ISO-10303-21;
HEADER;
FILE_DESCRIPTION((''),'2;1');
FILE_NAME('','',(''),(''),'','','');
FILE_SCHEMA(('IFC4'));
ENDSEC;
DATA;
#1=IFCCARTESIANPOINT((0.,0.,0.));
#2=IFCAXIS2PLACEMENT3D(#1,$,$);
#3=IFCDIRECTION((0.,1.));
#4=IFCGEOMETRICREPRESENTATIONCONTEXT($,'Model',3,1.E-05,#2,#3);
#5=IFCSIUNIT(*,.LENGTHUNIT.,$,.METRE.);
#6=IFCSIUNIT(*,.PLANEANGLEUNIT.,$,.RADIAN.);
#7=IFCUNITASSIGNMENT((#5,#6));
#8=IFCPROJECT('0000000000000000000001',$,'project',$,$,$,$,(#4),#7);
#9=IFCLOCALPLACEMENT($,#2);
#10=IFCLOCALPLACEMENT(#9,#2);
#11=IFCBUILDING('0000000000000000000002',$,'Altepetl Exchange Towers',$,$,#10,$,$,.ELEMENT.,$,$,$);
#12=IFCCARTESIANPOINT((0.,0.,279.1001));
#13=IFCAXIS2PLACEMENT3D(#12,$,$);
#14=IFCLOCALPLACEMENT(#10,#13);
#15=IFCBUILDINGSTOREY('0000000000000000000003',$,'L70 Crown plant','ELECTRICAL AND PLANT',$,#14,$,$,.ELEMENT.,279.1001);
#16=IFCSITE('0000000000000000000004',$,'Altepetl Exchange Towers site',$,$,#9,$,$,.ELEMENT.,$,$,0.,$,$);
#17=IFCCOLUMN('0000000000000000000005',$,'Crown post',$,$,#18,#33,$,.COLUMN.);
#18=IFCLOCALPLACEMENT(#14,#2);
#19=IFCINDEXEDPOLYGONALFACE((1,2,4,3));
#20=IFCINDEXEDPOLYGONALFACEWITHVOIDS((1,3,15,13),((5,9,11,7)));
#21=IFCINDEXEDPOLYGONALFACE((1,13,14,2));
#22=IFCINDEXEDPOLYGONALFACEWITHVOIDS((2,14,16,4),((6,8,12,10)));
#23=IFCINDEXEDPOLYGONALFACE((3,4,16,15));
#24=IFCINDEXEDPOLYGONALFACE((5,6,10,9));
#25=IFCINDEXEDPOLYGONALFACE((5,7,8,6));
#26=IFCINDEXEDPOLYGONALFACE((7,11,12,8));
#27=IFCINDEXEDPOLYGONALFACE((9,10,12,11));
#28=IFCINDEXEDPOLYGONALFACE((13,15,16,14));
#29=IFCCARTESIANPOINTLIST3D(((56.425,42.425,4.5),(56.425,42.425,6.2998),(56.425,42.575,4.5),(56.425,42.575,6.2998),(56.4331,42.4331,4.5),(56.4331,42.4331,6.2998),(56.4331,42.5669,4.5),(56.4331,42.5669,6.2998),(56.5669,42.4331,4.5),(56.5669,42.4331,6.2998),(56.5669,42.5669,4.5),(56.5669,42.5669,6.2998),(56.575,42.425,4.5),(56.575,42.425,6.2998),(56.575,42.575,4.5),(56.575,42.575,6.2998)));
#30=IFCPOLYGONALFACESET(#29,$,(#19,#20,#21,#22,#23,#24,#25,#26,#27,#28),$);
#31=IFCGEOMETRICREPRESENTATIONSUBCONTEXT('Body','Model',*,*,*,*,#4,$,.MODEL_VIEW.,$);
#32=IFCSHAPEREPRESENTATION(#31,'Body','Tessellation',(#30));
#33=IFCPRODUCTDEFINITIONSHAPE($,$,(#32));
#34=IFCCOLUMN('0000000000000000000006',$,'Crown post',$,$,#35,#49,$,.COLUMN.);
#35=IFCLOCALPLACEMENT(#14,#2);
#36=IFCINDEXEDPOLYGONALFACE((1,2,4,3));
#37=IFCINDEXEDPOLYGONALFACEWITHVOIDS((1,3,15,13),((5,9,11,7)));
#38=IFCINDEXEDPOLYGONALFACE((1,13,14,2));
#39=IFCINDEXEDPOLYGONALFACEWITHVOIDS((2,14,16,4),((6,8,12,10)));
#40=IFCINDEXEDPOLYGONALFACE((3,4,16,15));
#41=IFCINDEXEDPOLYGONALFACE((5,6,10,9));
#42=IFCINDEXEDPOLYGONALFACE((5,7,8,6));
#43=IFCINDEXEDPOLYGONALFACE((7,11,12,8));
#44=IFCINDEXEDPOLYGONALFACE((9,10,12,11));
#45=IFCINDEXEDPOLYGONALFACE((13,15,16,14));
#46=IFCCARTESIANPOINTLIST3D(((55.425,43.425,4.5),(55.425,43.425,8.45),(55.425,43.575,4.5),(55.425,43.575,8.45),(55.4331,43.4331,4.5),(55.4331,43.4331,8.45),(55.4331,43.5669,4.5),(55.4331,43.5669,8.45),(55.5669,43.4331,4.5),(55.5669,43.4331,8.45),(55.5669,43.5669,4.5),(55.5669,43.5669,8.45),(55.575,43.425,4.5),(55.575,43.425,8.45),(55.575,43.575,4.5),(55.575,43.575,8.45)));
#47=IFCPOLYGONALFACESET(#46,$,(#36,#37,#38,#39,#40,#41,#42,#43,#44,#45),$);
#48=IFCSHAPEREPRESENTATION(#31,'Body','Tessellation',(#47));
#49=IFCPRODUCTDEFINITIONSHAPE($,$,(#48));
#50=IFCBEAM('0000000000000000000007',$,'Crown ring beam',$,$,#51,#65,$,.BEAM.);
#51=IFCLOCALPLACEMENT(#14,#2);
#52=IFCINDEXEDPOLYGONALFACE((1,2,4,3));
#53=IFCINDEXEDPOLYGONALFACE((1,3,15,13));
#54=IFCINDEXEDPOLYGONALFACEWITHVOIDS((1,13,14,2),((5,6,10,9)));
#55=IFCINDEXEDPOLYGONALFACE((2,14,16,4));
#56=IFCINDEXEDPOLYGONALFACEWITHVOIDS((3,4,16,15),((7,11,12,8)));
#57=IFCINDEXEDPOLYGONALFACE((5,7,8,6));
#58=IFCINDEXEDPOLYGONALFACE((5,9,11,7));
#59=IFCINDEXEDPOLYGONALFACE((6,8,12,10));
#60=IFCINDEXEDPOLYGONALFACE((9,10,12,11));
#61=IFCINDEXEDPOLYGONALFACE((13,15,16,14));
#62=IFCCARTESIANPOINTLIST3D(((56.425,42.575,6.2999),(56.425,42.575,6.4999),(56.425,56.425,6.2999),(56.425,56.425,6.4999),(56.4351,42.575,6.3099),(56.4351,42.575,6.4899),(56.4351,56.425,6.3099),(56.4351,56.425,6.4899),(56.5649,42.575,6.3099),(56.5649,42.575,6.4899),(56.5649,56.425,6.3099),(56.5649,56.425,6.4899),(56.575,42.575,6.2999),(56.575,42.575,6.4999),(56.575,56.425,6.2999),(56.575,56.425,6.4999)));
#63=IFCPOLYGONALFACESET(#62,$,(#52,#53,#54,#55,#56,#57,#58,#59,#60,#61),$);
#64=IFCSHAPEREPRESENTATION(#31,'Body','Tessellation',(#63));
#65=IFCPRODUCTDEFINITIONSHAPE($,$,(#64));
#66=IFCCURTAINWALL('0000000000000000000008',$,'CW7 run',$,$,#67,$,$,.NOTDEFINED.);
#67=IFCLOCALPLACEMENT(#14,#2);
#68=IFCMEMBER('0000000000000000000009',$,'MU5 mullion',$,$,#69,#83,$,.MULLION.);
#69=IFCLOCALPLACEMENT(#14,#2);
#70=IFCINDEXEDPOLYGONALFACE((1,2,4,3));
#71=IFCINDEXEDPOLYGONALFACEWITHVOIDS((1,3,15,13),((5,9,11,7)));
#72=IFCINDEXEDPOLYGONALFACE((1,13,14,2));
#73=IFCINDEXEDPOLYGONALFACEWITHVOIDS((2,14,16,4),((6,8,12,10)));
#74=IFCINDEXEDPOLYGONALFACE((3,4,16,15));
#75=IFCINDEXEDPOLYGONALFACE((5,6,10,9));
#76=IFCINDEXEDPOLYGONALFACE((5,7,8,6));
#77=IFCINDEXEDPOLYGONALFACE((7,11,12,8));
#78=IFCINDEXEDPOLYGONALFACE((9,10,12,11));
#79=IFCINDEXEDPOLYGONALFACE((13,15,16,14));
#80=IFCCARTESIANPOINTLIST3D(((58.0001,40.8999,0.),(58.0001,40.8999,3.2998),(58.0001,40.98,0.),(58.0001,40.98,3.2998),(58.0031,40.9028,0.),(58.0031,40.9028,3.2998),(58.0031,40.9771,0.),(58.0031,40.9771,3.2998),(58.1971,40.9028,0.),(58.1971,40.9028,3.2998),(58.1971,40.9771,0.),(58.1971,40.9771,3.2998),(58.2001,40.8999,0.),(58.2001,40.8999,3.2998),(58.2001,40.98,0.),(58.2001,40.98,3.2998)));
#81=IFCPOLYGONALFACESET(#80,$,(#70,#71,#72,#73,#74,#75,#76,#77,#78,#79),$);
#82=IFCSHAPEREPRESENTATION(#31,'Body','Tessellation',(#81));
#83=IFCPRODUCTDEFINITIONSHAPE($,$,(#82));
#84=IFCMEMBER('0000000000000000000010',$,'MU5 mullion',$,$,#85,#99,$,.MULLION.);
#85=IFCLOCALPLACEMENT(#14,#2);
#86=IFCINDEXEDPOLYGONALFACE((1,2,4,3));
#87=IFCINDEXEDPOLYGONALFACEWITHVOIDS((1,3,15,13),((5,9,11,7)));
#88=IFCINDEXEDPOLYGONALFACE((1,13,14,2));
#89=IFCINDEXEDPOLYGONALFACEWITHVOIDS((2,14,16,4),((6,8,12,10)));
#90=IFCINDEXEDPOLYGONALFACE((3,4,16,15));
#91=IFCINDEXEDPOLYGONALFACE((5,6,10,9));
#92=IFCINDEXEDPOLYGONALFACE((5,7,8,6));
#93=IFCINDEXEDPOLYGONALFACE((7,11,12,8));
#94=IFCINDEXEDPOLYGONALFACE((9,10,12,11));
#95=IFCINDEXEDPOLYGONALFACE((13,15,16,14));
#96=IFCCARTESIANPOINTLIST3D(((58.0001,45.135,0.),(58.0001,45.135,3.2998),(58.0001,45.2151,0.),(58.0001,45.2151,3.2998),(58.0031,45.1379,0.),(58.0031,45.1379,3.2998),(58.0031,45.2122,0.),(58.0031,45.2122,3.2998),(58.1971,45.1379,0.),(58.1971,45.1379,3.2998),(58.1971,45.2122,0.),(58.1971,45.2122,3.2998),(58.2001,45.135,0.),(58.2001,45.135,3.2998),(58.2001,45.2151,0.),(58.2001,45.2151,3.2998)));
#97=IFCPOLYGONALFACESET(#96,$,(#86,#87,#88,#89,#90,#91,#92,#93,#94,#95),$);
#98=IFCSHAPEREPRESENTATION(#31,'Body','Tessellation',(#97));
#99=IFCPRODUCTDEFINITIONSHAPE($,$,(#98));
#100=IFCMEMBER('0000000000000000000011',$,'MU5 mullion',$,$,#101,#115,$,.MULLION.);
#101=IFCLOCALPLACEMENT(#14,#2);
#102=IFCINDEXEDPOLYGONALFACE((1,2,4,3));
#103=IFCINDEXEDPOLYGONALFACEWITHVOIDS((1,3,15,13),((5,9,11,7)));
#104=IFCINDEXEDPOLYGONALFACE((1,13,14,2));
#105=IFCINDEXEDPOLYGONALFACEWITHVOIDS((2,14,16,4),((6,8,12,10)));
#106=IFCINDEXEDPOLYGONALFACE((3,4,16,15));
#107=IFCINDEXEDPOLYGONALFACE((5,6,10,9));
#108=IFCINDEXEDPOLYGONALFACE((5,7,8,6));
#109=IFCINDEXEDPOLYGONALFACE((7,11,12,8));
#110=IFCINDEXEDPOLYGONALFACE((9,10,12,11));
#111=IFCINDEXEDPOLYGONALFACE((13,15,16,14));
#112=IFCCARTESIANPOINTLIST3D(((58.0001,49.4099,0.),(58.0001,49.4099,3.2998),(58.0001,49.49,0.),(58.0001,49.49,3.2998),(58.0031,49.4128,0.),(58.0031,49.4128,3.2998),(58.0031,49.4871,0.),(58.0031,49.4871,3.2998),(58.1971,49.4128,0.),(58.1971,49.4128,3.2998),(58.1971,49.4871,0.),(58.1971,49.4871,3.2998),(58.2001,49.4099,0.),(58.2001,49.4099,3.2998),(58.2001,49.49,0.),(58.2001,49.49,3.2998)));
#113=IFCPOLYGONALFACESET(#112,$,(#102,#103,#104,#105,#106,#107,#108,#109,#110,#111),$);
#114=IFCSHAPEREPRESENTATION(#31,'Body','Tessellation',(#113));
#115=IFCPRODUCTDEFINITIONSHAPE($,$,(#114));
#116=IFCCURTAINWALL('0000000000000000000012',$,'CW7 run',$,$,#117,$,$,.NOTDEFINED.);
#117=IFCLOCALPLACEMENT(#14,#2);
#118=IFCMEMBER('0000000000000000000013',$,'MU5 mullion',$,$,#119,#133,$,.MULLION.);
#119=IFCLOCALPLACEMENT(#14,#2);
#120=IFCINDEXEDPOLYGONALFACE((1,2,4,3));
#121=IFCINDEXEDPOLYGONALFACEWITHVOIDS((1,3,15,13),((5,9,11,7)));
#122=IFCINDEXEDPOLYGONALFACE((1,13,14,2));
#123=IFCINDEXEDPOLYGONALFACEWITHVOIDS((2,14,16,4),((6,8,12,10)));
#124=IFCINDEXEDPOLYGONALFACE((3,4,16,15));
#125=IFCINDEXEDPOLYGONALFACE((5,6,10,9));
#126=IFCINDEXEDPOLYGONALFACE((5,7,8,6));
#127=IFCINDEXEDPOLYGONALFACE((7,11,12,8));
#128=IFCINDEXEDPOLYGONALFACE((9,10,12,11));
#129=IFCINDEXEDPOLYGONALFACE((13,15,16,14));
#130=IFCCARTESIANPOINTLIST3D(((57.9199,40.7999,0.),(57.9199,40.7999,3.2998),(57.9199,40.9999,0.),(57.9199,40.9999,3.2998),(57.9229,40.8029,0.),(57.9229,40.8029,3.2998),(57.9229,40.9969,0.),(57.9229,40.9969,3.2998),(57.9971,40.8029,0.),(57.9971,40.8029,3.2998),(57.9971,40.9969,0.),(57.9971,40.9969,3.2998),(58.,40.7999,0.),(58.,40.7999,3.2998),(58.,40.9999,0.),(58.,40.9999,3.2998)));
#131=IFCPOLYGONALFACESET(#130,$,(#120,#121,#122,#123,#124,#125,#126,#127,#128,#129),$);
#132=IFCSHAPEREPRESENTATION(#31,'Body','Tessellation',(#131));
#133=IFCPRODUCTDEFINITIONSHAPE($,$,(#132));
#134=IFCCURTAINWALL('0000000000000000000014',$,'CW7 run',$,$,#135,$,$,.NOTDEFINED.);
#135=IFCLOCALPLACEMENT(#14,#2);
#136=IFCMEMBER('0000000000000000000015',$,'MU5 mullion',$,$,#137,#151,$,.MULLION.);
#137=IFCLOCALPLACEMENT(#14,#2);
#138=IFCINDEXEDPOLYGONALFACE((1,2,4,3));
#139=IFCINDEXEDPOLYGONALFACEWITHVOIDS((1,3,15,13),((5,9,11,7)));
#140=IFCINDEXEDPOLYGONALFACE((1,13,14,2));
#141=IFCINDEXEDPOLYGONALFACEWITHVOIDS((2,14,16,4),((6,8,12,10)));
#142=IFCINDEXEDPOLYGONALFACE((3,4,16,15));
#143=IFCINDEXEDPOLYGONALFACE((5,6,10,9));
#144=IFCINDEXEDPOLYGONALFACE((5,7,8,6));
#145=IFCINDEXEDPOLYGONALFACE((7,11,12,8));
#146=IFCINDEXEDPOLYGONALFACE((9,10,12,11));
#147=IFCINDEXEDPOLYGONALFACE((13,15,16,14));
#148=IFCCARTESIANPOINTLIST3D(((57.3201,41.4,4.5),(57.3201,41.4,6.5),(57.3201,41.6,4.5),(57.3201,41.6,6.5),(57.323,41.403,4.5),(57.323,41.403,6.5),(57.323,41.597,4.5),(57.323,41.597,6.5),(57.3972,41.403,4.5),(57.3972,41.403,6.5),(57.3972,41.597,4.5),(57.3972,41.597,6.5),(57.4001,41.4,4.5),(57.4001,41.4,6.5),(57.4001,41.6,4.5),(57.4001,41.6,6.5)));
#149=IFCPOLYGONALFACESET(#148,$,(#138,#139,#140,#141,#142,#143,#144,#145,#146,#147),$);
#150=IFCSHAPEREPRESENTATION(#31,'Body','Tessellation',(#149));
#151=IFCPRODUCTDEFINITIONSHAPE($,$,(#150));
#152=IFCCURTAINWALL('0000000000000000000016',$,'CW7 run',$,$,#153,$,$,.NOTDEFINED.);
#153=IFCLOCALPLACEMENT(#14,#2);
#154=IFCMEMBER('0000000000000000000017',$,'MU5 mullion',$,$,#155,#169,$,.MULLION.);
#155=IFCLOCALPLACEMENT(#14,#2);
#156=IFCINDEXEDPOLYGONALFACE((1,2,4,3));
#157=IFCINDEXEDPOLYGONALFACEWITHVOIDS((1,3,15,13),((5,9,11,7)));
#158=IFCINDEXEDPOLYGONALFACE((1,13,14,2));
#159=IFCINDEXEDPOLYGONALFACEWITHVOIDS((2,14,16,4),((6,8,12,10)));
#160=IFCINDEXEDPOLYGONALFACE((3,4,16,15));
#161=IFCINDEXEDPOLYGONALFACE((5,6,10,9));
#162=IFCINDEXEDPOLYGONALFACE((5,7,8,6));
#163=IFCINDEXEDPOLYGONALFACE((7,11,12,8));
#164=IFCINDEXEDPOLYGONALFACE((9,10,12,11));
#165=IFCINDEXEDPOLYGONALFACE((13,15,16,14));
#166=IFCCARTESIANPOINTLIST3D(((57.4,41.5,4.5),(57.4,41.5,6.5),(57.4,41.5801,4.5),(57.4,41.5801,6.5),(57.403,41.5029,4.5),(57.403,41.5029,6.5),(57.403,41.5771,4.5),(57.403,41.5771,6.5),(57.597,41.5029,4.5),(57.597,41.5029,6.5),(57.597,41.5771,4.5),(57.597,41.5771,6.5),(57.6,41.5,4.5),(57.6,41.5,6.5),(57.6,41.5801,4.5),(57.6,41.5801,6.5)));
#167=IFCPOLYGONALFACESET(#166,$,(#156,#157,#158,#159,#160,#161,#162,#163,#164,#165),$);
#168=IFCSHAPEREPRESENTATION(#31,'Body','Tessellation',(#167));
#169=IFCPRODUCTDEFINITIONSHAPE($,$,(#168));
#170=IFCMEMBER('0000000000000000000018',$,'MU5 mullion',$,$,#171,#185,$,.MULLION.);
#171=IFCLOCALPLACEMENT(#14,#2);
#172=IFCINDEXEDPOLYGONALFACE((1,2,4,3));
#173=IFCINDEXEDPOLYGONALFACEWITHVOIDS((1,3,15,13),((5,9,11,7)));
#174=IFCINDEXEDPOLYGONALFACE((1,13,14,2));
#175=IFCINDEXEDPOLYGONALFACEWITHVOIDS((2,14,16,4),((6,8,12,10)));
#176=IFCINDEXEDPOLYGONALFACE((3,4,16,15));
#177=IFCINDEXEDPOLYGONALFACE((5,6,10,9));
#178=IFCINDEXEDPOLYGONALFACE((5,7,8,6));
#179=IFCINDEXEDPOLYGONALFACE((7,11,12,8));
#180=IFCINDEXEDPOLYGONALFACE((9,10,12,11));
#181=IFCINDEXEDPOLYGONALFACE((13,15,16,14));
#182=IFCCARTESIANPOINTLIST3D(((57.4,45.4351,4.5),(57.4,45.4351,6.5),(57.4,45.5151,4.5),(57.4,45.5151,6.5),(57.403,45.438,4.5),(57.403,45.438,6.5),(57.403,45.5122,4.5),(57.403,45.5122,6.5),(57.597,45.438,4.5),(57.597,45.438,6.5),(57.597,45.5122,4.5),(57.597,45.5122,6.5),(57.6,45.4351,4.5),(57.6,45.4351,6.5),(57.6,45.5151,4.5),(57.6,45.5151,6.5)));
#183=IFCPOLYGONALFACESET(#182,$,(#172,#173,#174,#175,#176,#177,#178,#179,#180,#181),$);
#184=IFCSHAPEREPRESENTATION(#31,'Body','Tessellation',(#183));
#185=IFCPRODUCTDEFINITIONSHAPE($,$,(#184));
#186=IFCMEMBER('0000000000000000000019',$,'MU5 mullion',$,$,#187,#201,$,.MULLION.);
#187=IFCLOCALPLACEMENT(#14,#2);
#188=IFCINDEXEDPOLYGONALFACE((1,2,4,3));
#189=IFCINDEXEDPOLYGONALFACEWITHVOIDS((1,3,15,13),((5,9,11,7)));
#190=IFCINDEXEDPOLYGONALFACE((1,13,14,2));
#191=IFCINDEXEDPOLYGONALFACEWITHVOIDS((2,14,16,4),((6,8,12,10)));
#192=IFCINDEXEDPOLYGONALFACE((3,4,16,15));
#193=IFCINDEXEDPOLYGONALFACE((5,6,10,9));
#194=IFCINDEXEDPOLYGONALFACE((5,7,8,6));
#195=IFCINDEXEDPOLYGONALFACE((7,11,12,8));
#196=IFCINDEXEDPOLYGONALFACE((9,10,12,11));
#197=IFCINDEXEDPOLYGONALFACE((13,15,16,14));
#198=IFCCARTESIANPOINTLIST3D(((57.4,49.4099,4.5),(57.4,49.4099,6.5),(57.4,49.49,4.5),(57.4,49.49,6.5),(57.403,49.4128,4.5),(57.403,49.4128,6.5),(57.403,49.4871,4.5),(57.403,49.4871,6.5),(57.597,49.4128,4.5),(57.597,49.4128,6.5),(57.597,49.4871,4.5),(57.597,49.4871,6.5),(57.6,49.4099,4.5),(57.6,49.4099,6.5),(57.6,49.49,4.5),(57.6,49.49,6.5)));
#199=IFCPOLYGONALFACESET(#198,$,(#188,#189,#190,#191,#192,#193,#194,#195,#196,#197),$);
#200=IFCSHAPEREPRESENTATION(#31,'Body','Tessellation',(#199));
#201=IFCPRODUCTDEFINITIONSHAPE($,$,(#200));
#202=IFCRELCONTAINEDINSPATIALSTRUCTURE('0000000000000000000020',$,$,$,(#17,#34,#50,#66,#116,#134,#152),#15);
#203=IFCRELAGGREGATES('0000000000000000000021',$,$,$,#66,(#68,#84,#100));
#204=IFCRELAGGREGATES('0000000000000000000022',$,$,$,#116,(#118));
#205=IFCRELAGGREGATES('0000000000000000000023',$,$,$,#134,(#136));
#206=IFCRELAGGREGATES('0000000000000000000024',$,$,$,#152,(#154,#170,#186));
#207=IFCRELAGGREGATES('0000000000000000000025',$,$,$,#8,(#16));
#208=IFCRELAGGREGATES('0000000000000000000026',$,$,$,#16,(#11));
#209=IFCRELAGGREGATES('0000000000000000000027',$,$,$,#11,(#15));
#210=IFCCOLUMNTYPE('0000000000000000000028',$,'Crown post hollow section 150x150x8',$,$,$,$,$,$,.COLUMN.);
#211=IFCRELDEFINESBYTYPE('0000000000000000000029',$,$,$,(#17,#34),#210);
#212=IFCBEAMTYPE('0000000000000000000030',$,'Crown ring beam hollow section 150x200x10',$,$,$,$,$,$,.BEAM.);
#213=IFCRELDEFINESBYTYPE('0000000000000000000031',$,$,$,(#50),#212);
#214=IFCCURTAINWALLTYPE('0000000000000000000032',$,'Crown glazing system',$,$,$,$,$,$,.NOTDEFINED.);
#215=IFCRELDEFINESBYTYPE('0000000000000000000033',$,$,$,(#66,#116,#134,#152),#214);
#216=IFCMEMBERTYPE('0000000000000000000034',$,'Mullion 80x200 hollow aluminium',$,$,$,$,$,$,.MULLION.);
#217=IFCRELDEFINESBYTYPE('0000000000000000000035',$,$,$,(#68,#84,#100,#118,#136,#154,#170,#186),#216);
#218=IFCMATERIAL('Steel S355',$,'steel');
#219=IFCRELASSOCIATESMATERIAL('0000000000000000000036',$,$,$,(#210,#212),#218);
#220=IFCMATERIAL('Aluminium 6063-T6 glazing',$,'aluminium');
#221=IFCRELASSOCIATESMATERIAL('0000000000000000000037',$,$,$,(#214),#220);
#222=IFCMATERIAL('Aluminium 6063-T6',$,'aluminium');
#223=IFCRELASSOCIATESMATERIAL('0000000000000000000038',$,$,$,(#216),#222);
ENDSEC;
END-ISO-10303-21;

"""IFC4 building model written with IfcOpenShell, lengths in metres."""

from ifc_helpers import new_model, si_unit, direction, frame, origin, origin_2d, place, context, subcontext, project, spatial, hollow_rectangle, extrude, material, material_profile, profile_set, type_object, element, aggregate, save


model = new_model("IFC4")

# Units and contexts
model_context = context("Model", 3, precision=1e-05, world=origin(), true_north=direction((0.0, 1.0)))
body_context = subcontext(model_context, "Body", "Model", "MODEL_VIEW")
ifc_project = project(units=[si_unit("LENGTHUNIT", "METRE"), si_unit("PLANEANGLEUNIT", "RADIAN")], contexts=[model_context])

# Site, building, storey
site_placement = place(None, origin())
site = spatial("IfcSite", under=ifc_project, at=site_placement, Name="Altepetl Exchange Towers site", CompositionType="ELEMENT", RefElevation=0.0)
building_placement = place(site_placement, origin())
building = spatial("IfcBuilding", under=site, at=building_placement, Name="Altepetl Exchange Towers", CompositionType="ELEMENT")
storey_placement = place(building_placement, frame((0.0, 0.0, 279.1001)))
storey = spatial("IfcBuildingStorey", under=building, at=storey_placement, Name="L70 Crown plant", Description="ELECTRICAL AND PLANT", CompositionType="ELEMENT", Elevation=279.1001)

# Columns
ifc_material_1 = material(Name="Steel S355", Category="steel")
ifc_material_profile_1 = material_profile(ifc_material_1, hollow_rectangle(XDim=0.1499, YDim=0.1499, WallThickness=0.0081, at=origin_2d()), Name="RHS 150x150x8")
ifc_profile_set_1 = profile_set([ifc_material_profile_1], Name="Steel S355")
column_type = type_object("IfcColumnType", Name="Crown post hollow section 150x150x8", PredefinedType="COLUMN", material=ifc_profile_set_1)
column_1_placement = place(storey_placement, frame((56.5, 42.5, 4.5)))
element("IfcColumn", 1, at=column_1_placement, inside=storey, type_object=column_type, Name="Crown post", PredefinedType="COLUMN", context=body_context, shape_type="SweptSolid", body=[
    extrude(hollow_rectangle(XDim=0.1499, YDim=0.1499, WallThickness=0.0081, at=origin_2d()), origin(), (0.0, 0.0, 1.0), 1.7998),
])
column_2_placement = place(storey_placement, frame((55.5, 43.5, 4.5)))
element("IfcColumn", 2, at=column_2_placement, inside=storey, type_object=column_type, Name="Crown post", PredefinedType="COLUMN", context=body_context, shape_type="SweptSolid", body=[
    extrude(hollow_rectangle(XDim=0.1499, YDim=0.1499, WallThickness=0.0081, at=origin_2d()), origin(), (0.0, 0.0, 1.0), 3.95),
])

# Beam
ifc_material_profile_2 = material_profile(ifc_material_1, hollow_rectangle(XDim=0.1499, YDim=0.2, WallThickness=0.01, at=origin_2d()), Name="RHS 200x150x10")
ifc_profile_set_2 = profile_set([ifc_material_profile_2], Name="Steel S355")
beam_type = type_object("IfcBeamType", Name="Crown ring beam hollow section 150x200x10", PredefinedType="BEAM", material=ifc_profile_set_2)
beam_placement = place(storey_placement, frame((56.5, 42.575, 6.3999), z_axis=(0.0, 1.0, 0.0), x_axis=(-1.0, 0.0, 0.0)))
element("IfcBeam", 3, at=beam_placement, inside=storey, type_object=beam_type, Name="Crown ring beam", PredefinedType="BEAM", context=body_context, shape_type="SweptSolid", body=[
    extrude(hollow_rectangle(XDim=0.1499, YDim=0.2, WallThickness=0.01, at=origin_2d()), origin(), (0.0, 0.0, 1.0), 13.8501),
])

# Curtain wall, members
ifc_material_2 = material(Name="Aluminium 6063-T6 glazing", Category="aluminium")
curtain_wall_type = type_object("IfcCurtainWallType", Name="Crown glazing system", PredefinedType="NOTDEFINED", material=ifc_material_2)
curtain_wall_1_placement = place(storey_placement, origin())
curtain_wall_1 = element("IfcCurtainWall", 4, at=curtain_wall_1_placement, inside=storey, type_object=curtain_wall_type, Name="CW7 run", PredefinedType="NOTDEFINED")
ifc_material_3 = material(Name="Aluminium 6063-T6", Category="aluminium")
ifc_material_profile_3 = material_profile(ifc_material_3, hollow_rectangle(XDim=0.0801, YDim=0.2, WallThickness=0.0029, at=origin_2d()), Name="Mullion 80x200 hollow aluminium")
ifc_profile_set_3 = profile_set([ifc_material_profile_3], Name="Aluminium 6063-T6")
member_type = type_object("IfcMemberType", Name="Mullion 80x200 hollow aluminium", PredefinedType="MULLION", material=ifc_profile_set_3)
member_1_placement = place(storey_placement, frame((58.1001, 40.9399, 0.0), z_axis=(0.0, 0.0, 1.0), x_axis=(0.0, 1.0, 0.0)))
member_1 = element("IfcMember", 5, at=member_1_placement, type_object=member_type, Name="MU5 mullion", PredefinedType="MULLION", context=body_context, shape_type="SweptSolid", body=[
    extrude(hollow_rectangle(XDim=0.0801, YDim=0.2, WallThickness=0.0029, at=origin_2d()), origin(), (0.0, 0.0, 1.0), 3.2998),
])
member_2_placement = place(storey_placement, frame((58.1001, 45.175, 0.0), z_axis=(0.0, 0.0, 1.0), x_axis=(0.0, 1.0, 0.0)))
member_2 = element("IfcMember", 6, at=member_2_placement, type_object=member_type, Name="MU5 mullion", PredefinedType="MULLION", context=body_context, shape_type="SweptSolid", body=[
    extrude(hollow_rectangle(XDim=0.0801, YDim=0.2, WallThickness=0.0029, at=origin_2d()), origin(), (0.0, 0.0, 1.0), 3.2998),
])
member_3_placement = place(storey_placement, frame((58.1001, 49.45, 0.0), z_axis=(0.0, 0.0, 1.0), x_axis=(0.0, 1.0, 0.0)))
member_3 = element("IfcMember", 7, at=member_3_placement, type_object=member_type, Name="MU5 mullion", PredefinedType="MULLION", context=body_context, shape_type="SweptSolid", body=[
    extrude(hollow_rectangle(XDim=0.0801, YDim=0.2, WallThickness=0.0029, at=origin_2d()), origin(), (0.0, 0.0, 1.0), 3.2998),
])

# Curtain walls, members
curtain_wall_2_placement = place(storey_placement, origin())
curtain_wall_2 = element("IfcCurtainWall", 8, at=curtain_wall_2_placement, inside=storey, type_object=curtain_wall_type, Name="CW7 run", PredefinedType="NOTDEFINED")
member_4_placement = place(storey_placement, frame((57.96, 40.8999, 0.0)))
member_4 = element("IfcMember", 9, at=member_4_placement, type_object=member_type, Name="MU5 mullion", PredefinedType="MULLION", context=body_context, shape_type="SweptSolid", body=[
    extrude(hollow_rectangle(XDim=0.0801, YDim=0.2, WallThickness=0.0029, at=origin_2d()), origin(), (0.0, 0.0, 1.0), 3.2998),
])
curtain_wall_3_placement = place(storey_placement, origin())
curtain_wall_3 = element("IfcCurtainWall", 10, at=curtain_wall_3_placement, inside=storey, type_object=curtain_wall_type, Name="CW7 run", PredefinedType="NOTDEFINED")
member_5_placement = place(storey_placement, frame((57.3601, 41.5, 4.5)))
member_5 = element("IfcMember", 11, at=member_5_placement, type_object=member_type, Name="MU5 mullion", PredefinedType="MULLION", context=body_context, shape_type="SweptSolid", body=[
    extrude(hollow_rectangle(XDim=0.0801, YDim=0.2, WallThickness=0.0029, at=origin_2d()), origin(), (0.0, 0.0, 1.0), 2.0),
])

# Curtain wall, members
curtain_wall_4_placement = place(storey_placement, origin())
curtain_wall_4 = element("IfcCurtainWall", 12, at=curtain_wall_4_placement, inside=storey, type_object=curtain_wall_type, Name="CW7 run", PredefinedType="NOTDEFINED")
member_6_placement = place(storey_placement, frame((57.5, 41.54, 4.5), z_axis=(0.0, 0.0, 1.0), x_axis=(0.0, 1.0, 0.0)))
member_6 = element("IfcMember", 13, at=member_6_placement, type_object=member_type, Name="MU5 mullion", PredefinedType="MULLION", context=body_context, shape_type="SweptSolid", body=[
    extrude(hollow_rectangle(XDim=0.0801, YDim=0.2, WallThickness=0.0029, at=origin_2d()), origin(), (0.0, 0.0, 1.0), 2.0),
])
member_7_placement = place(storey_placement, frame((57.5, 45.4751, 4.5), z_axis=(0.0, 0.0, 1.0), x_axis=(0.0, 1.0, 0.0)))
member_7 = element("IfcMember", 14, at=member_7_placement, type_object=member_type, Name="MU5 mullion", PredefinedType="MULLION", context=body_context, shape_type="SweptSolid", body=[
    extrude(hollow_rectangle(XDim=0.0801, YDim=0.2, WallThickness=0.0029, at=origin_2d()), origin(), (0.0, 0.0, 1.0), 2.0),
])
member_8_placement = place(storey_placement, frame((57.5, 49.45, 4.5), z_axis=(0.0, 0.0, 1.0), x_axis=(0.0, 1.0, 0.0)))
member_8 = element("IfcMember", 15, at=member_8_placement, type_object=member_type, Name="MU5 mullion", PredefinedType="MULLION", context=body_context, shape_type="SweptSolid", body=[
    extrude(hollow_rectangle(XDim=0.0801, YDim=0.2, WallThickness=0.0029, at=origin_2d()), origin(), (0.0, 0.0, 1.0), 2.0),
])

aggregate(curtain_wall_1, [member_1, member_2, member_3])
aggregate(curtain_wall_2, [member_4])
aggregate(curtain_wall_3, [member_5])
aggregate(curtain_wall_4, [member_6, member_7, member_8])

save(model, "model.ifc")
